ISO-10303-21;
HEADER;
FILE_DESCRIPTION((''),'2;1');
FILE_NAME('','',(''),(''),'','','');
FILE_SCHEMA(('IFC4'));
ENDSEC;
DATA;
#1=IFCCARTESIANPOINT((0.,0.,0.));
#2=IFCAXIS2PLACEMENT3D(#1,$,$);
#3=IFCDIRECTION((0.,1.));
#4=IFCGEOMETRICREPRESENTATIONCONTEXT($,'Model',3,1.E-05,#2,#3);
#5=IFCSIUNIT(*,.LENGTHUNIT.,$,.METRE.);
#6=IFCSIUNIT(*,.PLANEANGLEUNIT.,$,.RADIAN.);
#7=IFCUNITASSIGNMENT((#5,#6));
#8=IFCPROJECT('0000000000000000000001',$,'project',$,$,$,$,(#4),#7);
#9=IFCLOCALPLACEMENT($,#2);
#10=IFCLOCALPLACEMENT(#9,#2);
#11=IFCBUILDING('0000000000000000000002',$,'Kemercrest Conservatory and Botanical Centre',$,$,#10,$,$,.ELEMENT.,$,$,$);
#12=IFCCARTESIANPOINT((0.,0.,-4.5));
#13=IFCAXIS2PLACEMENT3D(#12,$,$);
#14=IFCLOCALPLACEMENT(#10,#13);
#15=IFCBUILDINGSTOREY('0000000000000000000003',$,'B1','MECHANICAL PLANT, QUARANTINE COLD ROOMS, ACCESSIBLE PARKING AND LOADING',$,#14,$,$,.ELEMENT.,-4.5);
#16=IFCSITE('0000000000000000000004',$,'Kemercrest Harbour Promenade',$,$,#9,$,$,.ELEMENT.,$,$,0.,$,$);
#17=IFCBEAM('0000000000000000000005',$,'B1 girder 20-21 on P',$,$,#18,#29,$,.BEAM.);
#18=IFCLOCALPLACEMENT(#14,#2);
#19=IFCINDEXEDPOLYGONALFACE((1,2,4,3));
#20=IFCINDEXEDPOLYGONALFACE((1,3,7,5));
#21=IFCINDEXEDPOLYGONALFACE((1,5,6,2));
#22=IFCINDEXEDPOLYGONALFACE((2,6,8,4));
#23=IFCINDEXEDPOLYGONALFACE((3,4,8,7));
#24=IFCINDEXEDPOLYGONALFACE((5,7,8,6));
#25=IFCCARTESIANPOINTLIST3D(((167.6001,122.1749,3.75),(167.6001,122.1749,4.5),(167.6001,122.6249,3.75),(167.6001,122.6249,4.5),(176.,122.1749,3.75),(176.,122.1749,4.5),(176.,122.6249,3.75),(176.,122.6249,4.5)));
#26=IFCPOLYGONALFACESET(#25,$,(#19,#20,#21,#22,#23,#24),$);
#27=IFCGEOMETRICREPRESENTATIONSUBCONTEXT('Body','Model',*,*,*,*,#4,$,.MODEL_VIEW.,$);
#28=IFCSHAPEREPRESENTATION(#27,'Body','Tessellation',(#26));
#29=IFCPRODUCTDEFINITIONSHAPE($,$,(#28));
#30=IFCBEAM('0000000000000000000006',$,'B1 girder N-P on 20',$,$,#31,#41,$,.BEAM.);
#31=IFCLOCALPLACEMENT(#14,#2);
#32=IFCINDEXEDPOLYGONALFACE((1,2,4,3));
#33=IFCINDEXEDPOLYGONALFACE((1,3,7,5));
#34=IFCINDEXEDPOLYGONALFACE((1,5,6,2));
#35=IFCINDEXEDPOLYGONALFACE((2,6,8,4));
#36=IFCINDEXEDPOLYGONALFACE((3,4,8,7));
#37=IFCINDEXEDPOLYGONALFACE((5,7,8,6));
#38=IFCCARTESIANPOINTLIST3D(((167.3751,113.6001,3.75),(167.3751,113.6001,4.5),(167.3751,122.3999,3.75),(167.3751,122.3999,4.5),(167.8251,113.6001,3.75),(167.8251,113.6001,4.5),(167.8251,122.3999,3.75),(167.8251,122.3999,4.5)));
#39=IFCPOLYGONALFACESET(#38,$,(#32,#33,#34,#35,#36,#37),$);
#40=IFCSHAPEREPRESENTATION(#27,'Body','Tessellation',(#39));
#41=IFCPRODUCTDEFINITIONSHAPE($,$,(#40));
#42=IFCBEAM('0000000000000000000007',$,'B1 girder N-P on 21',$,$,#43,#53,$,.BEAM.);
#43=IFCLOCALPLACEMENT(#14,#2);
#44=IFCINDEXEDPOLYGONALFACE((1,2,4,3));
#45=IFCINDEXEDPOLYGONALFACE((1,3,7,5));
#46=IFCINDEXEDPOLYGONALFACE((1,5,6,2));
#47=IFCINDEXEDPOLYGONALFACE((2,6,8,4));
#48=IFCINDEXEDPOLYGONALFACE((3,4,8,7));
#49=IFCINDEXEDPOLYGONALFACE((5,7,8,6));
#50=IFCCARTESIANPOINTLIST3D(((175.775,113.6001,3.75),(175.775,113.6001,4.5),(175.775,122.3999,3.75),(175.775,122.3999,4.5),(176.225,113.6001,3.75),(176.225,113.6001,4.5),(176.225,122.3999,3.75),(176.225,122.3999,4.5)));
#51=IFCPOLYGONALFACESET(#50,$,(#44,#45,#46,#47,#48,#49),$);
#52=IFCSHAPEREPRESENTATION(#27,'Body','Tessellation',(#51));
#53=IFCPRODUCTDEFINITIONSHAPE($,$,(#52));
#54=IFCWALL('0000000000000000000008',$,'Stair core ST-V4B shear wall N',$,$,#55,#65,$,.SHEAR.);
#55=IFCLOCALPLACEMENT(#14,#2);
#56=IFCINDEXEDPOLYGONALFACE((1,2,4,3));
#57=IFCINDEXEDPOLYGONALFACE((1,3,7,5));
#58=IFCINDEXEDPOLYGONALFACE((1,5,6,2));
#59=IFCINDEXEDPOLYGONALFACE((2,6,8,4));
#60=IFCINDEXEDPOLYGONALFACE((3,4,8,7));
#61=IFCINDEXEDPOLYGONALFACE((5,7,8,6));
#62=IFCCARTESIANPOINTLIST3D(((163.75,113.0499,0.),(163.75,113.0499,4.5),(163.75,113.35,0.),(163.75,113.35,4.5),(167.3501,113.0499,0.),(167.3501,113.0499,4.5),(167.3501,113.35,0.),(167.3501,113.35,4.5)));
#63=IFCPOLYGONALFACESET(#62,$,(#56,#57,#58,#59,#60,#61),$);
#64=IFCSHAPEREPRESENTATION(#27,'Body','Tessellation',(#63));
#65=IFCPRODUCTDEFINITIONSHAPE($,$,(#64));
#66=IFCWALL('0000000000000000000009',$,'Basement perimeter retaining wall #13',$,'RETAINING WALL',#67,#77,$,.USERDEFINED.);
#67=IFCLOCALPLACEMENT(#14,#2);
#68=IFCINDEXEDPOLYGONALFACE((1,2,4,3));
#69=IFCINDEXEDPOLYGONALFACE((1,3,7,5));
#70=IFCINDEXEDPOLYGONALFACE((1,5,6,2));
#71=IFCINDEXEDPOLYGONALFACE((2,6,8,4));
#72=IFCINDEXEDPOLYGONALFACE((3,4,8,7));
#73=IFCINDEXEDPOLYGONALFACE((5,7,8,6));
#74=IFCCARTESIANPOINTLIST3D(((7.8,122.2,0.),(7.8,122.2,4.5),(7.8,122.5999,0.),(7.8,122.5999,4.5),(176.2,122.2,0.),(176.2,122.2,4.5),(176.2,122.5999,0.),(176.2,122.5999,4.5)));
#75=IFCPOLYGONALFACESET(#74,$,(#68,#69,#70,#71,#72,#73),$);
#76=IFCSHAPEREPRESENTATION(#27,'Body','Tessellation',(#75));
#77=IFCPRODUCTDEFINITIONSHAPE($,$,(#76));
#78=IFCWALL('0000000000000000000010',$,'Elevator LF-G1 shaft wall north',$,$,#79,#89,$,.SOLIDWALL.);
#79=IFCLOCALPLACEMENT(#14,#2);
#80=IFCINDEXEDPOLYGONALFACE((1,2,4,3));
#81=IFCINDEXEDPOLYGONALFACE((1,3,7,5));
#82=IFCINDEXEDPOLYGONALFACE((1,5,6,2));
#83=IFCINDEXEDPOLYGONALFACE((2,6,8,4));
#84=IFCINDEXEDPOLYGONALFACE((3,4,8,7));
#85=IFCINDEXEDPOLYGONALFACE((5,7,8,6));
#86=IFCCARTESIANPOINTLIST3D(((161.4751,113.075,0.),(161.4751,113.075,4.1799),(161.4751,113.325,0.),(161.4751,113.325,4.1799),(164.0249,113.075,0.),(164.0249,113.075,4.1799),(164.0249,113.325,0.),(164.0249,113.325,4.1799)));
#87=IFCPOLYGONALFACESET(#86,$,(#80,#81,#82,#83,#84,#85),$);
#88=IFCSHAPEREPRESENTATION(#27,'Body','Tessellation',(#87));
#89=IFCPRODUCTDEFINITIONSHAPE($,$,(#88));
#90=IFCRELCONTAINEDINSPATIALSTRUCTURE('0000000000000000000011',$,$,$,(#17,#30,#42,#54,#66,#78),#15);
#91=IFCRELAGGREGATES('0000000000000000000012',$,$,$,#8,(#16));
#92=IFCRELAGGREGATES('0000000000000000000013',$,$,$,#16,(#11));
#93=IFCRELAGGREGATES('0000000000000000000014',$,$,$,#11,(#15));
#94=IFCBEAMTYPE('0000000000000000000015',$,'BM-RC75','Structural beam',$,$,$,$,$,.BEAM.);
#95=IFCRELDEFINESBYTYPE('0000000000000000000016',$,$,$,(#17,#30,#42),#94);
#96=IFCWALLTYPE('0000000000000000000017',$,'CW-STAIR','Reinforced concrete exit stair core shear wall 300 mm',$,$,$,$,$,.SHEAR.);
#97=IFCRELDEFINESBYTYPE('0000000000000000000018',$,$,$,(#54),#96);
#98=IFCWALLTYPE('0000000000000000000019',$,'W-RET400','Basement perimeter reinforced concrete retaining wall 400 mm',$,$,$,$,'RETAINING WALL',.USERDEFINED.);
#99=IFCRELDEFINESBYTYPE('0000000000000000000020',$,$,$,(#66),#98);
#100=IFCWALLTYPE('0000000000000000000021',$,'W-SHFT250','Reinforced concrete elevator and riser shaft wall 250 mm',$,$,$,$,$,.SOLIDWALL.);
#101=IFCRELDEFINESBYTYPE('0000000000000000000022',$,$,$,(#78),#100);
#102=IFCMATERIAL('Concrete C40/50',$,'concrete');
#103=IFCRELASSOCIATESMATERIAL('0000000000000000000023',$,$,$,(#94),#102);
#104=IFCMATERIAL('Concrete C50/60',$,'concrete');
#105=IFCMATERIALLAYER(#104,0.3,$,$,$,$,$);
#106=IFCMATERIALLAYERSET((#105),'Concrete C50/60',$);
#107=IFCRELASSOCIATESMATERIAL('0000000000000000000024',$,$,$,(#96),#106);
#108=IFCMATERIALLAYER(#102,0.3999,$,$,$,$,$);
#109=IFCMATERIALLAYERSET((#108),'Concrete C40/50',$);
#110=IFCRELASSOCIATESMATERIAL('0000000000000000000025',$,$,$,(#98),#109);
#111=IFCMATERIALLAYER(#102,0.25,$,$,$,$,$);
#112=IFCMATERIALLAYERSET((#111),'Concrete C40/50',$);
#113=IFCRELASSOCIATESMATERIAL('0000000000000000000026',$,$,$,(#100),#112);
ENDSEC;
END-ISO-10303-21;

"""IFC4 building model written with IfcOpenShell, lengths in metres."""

from ifc_helpers import new_model, si_unit, direction, frame, frame_2d, origin, origin_2d, place, context, subcontext, project, spatial, rectangle, extrude, material, layer, layer_set, material_profile, profile_set, type_object, element, save


model = new_model("IFC4")

# Units and contexts
model_context = context("Model", 3, precision=1e-05, world=origin(), true_north=direction((0.0, 1.0)))
body_context = subcontext(model_context, "Body", "Model", "MODEL_VIEW")
ifc_project = project(units=[si_unit("LENGTHUNIT", "METRE"), si_unit("PLANEANGLEUNIT", "RADIAN")], contexts=[model_context])

# Site, building, storey
site_placement = place(None, origin())
site = spatial("IfcSite", under=ifc_project, at=site_placement, Name="Kemercrest Harbour Promenade", CompositionType="ELEMENT", RefElevation=0.0)
building_placement = place(site_placement, origin())
building = spatial("IfcBuilding", under=site, at=building_placement, Name="Kemercrest Conservatory and Botanical Centre", CompositionType="ELEMENT")
storey_placement = place(building_placement, frame((0.0, 0.0, -4.5)))
storey = spatial("IfcBuildingStorey", under=building, at=storey_placement, Name="B1", Description="MECHANICAL PLANT, QUARANTINE COLD ROOMS, ACCESSIBLE PARKING AND LOADING", CompositionType="ELEMENT", Elevation=-4.5)

# Shared definitions
ifc_material_1 = material(Name="Concrete C40/50", Category="concrete")

# Shared definitions
ifc_material_2 = material(Name="Concrete C50/60", Category="concrete")

# Beams
ifc_material_profile_1 = material_profile(ifc_material_1, rectangle(XDim=0.45, YDim=0.75, at=origin_2d()), Name="RC 450x750")
ifc_profile_set_1 = profile_set([ifc_material_profile_1], Name="Concrete C40/50")
beam_type = type_object("IfcBeamType", Name="BM-RC75", Description="Structural beam", PredefinedType="BEAM", material=ifc_profile_set_1)
beam_1_placement = place(storey_placement, frame((167.6001, 122.3999, 4.125), z_axis=(1.0, 0.0, 0.0), x_axis=(0.0, 1.0, 0.0)))
element("IfcBeam", 1, at=beam_1_placement, inside=storey, type_object=beam_type, Name="B1 girder 20-21 on P", PredefinedType="BEAM", context=body_context, shape_type="SweptSolid", body=[
    extrude(rectangle(XDim=0.45, YDim=0.75, at=origin_2d()), origin(), (0.0, 0.0, 1.0), 8.3999),
])
for number, where, z_axis, x_axis, name in (
    (2, (167.6001, 113.6001, 4.125), (0.0, 1.0, 0.0), (-1.0, 0.0, 0.0), "B1 girder N-P on 20"),
    (3, (176.0, 113.6001, 4.125), (0.0, 1.0, 0.0), (-1.0, 0.0, 0.0), "B1 girder N-P on 21"),
):
    element("IfcBeam", number, at=place(storey_placement, frame(where, z_axis=z_axis, x_axis=x_axis)), inside=storey, type_object=beam_type, Name=name, PredefinedType="BEAM", context=body_context, shape_type="SweptSolid", body=[
        extrude(rectangle(XDim=0.45, YDim=0.75, at=origin_2d()), origin(), (0.0, 0.0, 1.0), 8.7998),
    ])

# Walls
ifc_layer_1 = layer(ifc_material_2, 0.3)
ifc_layer_set_1 = layer_set([ifc_layer_1], Name="Concrete C50/60")
wall_type_1 = type_object("IfcWallType", Name="CW-STAIR", Description="Reinforced concrete exit stair core shear wall 300 mm", PredefinedType="SHEAR", material=ifc_layer_set_1)
wall_1_placement = place(storey_placement, frame((163.75, 113.2, 0.0), z_axis=(0.0, 0.0, 1.0), x_axis=(1.0, 0.0, 0.0)))
element("IfcWall", 4, at=wall_1_placement, inside=storey, type_object=wall_type_1, Name="Stair core ST-V4B shear wall N", PredefinedType="SHEAR", context=body_context, shape_type="SweptSolid", body=[
    extrude(rectangle(XDim=3.6001, YDim=0.3, at=frame_2d((1.8, 0.0))), origin(), (0.0, 0.0, 1.0), 4.5),
])
ifc_layer_2 = layer(ifc_material_1, 0.3999)
ifc_layer_set_2 = layer_set([ifc_layer_2], Name="Concrete C40/50")
wall_type_2 = type_object("IfcWallType", Name="W-RET400", Description="Basement perimeter reinforced concrete retaining wall 400 mm", ElementType="RETAINING WALL", PredefinedType="USERDEFINED", material=ifc_layer_set_2)
wall_2_placement = place(storey_placement, frame((176.2, 122.3999, 0.0), z_axis=(0.0, 0.0, 1.0), x_axis=(-1.0, 0.0, 0.0)))
element("IfcWall", 5, at=wall_2_placement, inside=storey, type_object=wall_type_2, Name="Basement perimeter retaining wall #13", ObjectType="RETAINING WALL", PredefinedType="USERDEFINED", context=body_context, shape_type="SweptSolid", body=[
    extrude(rectangle(XDim=168.3999, YDim=0.3999, at=frame_2d((84.2, 0.0))), origin(), (0.0, 0.0, 1.0), 4.5),
])
ifc_layer_3 = layer(ifc_material_1, 0.25)
ifc_layer_set_3 = layer_set([ifc_layer_3], Name="Concrete C40/50")
wall_type_3 = type_object("IfcWallType", Name="W-SHFT250", Description="Reinforced concrete elevator and riser shaft wall 250 mm", PredefinedType="SOLIDWALL", material=ifc_layer_set_3)
wall_3_placement = place(storey_placement, frame((161.4751, 113.2, 0.0), z_axis=(0.0, 0.0, 1.0), x_axis=(1.0, 0.0, 0.0)))
element("IfcWall", 6, at=wall_3_placement, inside=storey, type_object=wall_type_3, Name="Elevator LF-G1 shaft wall north", PredefinedType="SOLIDWALL", context=body_context, shape_type="SweptSolid", body=[
    extrude(rectangle(XDim=2.5498, YDim=0.25, at=frame_2d((1.2749, 0.0))), origin(), (0.0, 0.0, 1.0), 4.1799),
])

save(model, "model.ifc")
